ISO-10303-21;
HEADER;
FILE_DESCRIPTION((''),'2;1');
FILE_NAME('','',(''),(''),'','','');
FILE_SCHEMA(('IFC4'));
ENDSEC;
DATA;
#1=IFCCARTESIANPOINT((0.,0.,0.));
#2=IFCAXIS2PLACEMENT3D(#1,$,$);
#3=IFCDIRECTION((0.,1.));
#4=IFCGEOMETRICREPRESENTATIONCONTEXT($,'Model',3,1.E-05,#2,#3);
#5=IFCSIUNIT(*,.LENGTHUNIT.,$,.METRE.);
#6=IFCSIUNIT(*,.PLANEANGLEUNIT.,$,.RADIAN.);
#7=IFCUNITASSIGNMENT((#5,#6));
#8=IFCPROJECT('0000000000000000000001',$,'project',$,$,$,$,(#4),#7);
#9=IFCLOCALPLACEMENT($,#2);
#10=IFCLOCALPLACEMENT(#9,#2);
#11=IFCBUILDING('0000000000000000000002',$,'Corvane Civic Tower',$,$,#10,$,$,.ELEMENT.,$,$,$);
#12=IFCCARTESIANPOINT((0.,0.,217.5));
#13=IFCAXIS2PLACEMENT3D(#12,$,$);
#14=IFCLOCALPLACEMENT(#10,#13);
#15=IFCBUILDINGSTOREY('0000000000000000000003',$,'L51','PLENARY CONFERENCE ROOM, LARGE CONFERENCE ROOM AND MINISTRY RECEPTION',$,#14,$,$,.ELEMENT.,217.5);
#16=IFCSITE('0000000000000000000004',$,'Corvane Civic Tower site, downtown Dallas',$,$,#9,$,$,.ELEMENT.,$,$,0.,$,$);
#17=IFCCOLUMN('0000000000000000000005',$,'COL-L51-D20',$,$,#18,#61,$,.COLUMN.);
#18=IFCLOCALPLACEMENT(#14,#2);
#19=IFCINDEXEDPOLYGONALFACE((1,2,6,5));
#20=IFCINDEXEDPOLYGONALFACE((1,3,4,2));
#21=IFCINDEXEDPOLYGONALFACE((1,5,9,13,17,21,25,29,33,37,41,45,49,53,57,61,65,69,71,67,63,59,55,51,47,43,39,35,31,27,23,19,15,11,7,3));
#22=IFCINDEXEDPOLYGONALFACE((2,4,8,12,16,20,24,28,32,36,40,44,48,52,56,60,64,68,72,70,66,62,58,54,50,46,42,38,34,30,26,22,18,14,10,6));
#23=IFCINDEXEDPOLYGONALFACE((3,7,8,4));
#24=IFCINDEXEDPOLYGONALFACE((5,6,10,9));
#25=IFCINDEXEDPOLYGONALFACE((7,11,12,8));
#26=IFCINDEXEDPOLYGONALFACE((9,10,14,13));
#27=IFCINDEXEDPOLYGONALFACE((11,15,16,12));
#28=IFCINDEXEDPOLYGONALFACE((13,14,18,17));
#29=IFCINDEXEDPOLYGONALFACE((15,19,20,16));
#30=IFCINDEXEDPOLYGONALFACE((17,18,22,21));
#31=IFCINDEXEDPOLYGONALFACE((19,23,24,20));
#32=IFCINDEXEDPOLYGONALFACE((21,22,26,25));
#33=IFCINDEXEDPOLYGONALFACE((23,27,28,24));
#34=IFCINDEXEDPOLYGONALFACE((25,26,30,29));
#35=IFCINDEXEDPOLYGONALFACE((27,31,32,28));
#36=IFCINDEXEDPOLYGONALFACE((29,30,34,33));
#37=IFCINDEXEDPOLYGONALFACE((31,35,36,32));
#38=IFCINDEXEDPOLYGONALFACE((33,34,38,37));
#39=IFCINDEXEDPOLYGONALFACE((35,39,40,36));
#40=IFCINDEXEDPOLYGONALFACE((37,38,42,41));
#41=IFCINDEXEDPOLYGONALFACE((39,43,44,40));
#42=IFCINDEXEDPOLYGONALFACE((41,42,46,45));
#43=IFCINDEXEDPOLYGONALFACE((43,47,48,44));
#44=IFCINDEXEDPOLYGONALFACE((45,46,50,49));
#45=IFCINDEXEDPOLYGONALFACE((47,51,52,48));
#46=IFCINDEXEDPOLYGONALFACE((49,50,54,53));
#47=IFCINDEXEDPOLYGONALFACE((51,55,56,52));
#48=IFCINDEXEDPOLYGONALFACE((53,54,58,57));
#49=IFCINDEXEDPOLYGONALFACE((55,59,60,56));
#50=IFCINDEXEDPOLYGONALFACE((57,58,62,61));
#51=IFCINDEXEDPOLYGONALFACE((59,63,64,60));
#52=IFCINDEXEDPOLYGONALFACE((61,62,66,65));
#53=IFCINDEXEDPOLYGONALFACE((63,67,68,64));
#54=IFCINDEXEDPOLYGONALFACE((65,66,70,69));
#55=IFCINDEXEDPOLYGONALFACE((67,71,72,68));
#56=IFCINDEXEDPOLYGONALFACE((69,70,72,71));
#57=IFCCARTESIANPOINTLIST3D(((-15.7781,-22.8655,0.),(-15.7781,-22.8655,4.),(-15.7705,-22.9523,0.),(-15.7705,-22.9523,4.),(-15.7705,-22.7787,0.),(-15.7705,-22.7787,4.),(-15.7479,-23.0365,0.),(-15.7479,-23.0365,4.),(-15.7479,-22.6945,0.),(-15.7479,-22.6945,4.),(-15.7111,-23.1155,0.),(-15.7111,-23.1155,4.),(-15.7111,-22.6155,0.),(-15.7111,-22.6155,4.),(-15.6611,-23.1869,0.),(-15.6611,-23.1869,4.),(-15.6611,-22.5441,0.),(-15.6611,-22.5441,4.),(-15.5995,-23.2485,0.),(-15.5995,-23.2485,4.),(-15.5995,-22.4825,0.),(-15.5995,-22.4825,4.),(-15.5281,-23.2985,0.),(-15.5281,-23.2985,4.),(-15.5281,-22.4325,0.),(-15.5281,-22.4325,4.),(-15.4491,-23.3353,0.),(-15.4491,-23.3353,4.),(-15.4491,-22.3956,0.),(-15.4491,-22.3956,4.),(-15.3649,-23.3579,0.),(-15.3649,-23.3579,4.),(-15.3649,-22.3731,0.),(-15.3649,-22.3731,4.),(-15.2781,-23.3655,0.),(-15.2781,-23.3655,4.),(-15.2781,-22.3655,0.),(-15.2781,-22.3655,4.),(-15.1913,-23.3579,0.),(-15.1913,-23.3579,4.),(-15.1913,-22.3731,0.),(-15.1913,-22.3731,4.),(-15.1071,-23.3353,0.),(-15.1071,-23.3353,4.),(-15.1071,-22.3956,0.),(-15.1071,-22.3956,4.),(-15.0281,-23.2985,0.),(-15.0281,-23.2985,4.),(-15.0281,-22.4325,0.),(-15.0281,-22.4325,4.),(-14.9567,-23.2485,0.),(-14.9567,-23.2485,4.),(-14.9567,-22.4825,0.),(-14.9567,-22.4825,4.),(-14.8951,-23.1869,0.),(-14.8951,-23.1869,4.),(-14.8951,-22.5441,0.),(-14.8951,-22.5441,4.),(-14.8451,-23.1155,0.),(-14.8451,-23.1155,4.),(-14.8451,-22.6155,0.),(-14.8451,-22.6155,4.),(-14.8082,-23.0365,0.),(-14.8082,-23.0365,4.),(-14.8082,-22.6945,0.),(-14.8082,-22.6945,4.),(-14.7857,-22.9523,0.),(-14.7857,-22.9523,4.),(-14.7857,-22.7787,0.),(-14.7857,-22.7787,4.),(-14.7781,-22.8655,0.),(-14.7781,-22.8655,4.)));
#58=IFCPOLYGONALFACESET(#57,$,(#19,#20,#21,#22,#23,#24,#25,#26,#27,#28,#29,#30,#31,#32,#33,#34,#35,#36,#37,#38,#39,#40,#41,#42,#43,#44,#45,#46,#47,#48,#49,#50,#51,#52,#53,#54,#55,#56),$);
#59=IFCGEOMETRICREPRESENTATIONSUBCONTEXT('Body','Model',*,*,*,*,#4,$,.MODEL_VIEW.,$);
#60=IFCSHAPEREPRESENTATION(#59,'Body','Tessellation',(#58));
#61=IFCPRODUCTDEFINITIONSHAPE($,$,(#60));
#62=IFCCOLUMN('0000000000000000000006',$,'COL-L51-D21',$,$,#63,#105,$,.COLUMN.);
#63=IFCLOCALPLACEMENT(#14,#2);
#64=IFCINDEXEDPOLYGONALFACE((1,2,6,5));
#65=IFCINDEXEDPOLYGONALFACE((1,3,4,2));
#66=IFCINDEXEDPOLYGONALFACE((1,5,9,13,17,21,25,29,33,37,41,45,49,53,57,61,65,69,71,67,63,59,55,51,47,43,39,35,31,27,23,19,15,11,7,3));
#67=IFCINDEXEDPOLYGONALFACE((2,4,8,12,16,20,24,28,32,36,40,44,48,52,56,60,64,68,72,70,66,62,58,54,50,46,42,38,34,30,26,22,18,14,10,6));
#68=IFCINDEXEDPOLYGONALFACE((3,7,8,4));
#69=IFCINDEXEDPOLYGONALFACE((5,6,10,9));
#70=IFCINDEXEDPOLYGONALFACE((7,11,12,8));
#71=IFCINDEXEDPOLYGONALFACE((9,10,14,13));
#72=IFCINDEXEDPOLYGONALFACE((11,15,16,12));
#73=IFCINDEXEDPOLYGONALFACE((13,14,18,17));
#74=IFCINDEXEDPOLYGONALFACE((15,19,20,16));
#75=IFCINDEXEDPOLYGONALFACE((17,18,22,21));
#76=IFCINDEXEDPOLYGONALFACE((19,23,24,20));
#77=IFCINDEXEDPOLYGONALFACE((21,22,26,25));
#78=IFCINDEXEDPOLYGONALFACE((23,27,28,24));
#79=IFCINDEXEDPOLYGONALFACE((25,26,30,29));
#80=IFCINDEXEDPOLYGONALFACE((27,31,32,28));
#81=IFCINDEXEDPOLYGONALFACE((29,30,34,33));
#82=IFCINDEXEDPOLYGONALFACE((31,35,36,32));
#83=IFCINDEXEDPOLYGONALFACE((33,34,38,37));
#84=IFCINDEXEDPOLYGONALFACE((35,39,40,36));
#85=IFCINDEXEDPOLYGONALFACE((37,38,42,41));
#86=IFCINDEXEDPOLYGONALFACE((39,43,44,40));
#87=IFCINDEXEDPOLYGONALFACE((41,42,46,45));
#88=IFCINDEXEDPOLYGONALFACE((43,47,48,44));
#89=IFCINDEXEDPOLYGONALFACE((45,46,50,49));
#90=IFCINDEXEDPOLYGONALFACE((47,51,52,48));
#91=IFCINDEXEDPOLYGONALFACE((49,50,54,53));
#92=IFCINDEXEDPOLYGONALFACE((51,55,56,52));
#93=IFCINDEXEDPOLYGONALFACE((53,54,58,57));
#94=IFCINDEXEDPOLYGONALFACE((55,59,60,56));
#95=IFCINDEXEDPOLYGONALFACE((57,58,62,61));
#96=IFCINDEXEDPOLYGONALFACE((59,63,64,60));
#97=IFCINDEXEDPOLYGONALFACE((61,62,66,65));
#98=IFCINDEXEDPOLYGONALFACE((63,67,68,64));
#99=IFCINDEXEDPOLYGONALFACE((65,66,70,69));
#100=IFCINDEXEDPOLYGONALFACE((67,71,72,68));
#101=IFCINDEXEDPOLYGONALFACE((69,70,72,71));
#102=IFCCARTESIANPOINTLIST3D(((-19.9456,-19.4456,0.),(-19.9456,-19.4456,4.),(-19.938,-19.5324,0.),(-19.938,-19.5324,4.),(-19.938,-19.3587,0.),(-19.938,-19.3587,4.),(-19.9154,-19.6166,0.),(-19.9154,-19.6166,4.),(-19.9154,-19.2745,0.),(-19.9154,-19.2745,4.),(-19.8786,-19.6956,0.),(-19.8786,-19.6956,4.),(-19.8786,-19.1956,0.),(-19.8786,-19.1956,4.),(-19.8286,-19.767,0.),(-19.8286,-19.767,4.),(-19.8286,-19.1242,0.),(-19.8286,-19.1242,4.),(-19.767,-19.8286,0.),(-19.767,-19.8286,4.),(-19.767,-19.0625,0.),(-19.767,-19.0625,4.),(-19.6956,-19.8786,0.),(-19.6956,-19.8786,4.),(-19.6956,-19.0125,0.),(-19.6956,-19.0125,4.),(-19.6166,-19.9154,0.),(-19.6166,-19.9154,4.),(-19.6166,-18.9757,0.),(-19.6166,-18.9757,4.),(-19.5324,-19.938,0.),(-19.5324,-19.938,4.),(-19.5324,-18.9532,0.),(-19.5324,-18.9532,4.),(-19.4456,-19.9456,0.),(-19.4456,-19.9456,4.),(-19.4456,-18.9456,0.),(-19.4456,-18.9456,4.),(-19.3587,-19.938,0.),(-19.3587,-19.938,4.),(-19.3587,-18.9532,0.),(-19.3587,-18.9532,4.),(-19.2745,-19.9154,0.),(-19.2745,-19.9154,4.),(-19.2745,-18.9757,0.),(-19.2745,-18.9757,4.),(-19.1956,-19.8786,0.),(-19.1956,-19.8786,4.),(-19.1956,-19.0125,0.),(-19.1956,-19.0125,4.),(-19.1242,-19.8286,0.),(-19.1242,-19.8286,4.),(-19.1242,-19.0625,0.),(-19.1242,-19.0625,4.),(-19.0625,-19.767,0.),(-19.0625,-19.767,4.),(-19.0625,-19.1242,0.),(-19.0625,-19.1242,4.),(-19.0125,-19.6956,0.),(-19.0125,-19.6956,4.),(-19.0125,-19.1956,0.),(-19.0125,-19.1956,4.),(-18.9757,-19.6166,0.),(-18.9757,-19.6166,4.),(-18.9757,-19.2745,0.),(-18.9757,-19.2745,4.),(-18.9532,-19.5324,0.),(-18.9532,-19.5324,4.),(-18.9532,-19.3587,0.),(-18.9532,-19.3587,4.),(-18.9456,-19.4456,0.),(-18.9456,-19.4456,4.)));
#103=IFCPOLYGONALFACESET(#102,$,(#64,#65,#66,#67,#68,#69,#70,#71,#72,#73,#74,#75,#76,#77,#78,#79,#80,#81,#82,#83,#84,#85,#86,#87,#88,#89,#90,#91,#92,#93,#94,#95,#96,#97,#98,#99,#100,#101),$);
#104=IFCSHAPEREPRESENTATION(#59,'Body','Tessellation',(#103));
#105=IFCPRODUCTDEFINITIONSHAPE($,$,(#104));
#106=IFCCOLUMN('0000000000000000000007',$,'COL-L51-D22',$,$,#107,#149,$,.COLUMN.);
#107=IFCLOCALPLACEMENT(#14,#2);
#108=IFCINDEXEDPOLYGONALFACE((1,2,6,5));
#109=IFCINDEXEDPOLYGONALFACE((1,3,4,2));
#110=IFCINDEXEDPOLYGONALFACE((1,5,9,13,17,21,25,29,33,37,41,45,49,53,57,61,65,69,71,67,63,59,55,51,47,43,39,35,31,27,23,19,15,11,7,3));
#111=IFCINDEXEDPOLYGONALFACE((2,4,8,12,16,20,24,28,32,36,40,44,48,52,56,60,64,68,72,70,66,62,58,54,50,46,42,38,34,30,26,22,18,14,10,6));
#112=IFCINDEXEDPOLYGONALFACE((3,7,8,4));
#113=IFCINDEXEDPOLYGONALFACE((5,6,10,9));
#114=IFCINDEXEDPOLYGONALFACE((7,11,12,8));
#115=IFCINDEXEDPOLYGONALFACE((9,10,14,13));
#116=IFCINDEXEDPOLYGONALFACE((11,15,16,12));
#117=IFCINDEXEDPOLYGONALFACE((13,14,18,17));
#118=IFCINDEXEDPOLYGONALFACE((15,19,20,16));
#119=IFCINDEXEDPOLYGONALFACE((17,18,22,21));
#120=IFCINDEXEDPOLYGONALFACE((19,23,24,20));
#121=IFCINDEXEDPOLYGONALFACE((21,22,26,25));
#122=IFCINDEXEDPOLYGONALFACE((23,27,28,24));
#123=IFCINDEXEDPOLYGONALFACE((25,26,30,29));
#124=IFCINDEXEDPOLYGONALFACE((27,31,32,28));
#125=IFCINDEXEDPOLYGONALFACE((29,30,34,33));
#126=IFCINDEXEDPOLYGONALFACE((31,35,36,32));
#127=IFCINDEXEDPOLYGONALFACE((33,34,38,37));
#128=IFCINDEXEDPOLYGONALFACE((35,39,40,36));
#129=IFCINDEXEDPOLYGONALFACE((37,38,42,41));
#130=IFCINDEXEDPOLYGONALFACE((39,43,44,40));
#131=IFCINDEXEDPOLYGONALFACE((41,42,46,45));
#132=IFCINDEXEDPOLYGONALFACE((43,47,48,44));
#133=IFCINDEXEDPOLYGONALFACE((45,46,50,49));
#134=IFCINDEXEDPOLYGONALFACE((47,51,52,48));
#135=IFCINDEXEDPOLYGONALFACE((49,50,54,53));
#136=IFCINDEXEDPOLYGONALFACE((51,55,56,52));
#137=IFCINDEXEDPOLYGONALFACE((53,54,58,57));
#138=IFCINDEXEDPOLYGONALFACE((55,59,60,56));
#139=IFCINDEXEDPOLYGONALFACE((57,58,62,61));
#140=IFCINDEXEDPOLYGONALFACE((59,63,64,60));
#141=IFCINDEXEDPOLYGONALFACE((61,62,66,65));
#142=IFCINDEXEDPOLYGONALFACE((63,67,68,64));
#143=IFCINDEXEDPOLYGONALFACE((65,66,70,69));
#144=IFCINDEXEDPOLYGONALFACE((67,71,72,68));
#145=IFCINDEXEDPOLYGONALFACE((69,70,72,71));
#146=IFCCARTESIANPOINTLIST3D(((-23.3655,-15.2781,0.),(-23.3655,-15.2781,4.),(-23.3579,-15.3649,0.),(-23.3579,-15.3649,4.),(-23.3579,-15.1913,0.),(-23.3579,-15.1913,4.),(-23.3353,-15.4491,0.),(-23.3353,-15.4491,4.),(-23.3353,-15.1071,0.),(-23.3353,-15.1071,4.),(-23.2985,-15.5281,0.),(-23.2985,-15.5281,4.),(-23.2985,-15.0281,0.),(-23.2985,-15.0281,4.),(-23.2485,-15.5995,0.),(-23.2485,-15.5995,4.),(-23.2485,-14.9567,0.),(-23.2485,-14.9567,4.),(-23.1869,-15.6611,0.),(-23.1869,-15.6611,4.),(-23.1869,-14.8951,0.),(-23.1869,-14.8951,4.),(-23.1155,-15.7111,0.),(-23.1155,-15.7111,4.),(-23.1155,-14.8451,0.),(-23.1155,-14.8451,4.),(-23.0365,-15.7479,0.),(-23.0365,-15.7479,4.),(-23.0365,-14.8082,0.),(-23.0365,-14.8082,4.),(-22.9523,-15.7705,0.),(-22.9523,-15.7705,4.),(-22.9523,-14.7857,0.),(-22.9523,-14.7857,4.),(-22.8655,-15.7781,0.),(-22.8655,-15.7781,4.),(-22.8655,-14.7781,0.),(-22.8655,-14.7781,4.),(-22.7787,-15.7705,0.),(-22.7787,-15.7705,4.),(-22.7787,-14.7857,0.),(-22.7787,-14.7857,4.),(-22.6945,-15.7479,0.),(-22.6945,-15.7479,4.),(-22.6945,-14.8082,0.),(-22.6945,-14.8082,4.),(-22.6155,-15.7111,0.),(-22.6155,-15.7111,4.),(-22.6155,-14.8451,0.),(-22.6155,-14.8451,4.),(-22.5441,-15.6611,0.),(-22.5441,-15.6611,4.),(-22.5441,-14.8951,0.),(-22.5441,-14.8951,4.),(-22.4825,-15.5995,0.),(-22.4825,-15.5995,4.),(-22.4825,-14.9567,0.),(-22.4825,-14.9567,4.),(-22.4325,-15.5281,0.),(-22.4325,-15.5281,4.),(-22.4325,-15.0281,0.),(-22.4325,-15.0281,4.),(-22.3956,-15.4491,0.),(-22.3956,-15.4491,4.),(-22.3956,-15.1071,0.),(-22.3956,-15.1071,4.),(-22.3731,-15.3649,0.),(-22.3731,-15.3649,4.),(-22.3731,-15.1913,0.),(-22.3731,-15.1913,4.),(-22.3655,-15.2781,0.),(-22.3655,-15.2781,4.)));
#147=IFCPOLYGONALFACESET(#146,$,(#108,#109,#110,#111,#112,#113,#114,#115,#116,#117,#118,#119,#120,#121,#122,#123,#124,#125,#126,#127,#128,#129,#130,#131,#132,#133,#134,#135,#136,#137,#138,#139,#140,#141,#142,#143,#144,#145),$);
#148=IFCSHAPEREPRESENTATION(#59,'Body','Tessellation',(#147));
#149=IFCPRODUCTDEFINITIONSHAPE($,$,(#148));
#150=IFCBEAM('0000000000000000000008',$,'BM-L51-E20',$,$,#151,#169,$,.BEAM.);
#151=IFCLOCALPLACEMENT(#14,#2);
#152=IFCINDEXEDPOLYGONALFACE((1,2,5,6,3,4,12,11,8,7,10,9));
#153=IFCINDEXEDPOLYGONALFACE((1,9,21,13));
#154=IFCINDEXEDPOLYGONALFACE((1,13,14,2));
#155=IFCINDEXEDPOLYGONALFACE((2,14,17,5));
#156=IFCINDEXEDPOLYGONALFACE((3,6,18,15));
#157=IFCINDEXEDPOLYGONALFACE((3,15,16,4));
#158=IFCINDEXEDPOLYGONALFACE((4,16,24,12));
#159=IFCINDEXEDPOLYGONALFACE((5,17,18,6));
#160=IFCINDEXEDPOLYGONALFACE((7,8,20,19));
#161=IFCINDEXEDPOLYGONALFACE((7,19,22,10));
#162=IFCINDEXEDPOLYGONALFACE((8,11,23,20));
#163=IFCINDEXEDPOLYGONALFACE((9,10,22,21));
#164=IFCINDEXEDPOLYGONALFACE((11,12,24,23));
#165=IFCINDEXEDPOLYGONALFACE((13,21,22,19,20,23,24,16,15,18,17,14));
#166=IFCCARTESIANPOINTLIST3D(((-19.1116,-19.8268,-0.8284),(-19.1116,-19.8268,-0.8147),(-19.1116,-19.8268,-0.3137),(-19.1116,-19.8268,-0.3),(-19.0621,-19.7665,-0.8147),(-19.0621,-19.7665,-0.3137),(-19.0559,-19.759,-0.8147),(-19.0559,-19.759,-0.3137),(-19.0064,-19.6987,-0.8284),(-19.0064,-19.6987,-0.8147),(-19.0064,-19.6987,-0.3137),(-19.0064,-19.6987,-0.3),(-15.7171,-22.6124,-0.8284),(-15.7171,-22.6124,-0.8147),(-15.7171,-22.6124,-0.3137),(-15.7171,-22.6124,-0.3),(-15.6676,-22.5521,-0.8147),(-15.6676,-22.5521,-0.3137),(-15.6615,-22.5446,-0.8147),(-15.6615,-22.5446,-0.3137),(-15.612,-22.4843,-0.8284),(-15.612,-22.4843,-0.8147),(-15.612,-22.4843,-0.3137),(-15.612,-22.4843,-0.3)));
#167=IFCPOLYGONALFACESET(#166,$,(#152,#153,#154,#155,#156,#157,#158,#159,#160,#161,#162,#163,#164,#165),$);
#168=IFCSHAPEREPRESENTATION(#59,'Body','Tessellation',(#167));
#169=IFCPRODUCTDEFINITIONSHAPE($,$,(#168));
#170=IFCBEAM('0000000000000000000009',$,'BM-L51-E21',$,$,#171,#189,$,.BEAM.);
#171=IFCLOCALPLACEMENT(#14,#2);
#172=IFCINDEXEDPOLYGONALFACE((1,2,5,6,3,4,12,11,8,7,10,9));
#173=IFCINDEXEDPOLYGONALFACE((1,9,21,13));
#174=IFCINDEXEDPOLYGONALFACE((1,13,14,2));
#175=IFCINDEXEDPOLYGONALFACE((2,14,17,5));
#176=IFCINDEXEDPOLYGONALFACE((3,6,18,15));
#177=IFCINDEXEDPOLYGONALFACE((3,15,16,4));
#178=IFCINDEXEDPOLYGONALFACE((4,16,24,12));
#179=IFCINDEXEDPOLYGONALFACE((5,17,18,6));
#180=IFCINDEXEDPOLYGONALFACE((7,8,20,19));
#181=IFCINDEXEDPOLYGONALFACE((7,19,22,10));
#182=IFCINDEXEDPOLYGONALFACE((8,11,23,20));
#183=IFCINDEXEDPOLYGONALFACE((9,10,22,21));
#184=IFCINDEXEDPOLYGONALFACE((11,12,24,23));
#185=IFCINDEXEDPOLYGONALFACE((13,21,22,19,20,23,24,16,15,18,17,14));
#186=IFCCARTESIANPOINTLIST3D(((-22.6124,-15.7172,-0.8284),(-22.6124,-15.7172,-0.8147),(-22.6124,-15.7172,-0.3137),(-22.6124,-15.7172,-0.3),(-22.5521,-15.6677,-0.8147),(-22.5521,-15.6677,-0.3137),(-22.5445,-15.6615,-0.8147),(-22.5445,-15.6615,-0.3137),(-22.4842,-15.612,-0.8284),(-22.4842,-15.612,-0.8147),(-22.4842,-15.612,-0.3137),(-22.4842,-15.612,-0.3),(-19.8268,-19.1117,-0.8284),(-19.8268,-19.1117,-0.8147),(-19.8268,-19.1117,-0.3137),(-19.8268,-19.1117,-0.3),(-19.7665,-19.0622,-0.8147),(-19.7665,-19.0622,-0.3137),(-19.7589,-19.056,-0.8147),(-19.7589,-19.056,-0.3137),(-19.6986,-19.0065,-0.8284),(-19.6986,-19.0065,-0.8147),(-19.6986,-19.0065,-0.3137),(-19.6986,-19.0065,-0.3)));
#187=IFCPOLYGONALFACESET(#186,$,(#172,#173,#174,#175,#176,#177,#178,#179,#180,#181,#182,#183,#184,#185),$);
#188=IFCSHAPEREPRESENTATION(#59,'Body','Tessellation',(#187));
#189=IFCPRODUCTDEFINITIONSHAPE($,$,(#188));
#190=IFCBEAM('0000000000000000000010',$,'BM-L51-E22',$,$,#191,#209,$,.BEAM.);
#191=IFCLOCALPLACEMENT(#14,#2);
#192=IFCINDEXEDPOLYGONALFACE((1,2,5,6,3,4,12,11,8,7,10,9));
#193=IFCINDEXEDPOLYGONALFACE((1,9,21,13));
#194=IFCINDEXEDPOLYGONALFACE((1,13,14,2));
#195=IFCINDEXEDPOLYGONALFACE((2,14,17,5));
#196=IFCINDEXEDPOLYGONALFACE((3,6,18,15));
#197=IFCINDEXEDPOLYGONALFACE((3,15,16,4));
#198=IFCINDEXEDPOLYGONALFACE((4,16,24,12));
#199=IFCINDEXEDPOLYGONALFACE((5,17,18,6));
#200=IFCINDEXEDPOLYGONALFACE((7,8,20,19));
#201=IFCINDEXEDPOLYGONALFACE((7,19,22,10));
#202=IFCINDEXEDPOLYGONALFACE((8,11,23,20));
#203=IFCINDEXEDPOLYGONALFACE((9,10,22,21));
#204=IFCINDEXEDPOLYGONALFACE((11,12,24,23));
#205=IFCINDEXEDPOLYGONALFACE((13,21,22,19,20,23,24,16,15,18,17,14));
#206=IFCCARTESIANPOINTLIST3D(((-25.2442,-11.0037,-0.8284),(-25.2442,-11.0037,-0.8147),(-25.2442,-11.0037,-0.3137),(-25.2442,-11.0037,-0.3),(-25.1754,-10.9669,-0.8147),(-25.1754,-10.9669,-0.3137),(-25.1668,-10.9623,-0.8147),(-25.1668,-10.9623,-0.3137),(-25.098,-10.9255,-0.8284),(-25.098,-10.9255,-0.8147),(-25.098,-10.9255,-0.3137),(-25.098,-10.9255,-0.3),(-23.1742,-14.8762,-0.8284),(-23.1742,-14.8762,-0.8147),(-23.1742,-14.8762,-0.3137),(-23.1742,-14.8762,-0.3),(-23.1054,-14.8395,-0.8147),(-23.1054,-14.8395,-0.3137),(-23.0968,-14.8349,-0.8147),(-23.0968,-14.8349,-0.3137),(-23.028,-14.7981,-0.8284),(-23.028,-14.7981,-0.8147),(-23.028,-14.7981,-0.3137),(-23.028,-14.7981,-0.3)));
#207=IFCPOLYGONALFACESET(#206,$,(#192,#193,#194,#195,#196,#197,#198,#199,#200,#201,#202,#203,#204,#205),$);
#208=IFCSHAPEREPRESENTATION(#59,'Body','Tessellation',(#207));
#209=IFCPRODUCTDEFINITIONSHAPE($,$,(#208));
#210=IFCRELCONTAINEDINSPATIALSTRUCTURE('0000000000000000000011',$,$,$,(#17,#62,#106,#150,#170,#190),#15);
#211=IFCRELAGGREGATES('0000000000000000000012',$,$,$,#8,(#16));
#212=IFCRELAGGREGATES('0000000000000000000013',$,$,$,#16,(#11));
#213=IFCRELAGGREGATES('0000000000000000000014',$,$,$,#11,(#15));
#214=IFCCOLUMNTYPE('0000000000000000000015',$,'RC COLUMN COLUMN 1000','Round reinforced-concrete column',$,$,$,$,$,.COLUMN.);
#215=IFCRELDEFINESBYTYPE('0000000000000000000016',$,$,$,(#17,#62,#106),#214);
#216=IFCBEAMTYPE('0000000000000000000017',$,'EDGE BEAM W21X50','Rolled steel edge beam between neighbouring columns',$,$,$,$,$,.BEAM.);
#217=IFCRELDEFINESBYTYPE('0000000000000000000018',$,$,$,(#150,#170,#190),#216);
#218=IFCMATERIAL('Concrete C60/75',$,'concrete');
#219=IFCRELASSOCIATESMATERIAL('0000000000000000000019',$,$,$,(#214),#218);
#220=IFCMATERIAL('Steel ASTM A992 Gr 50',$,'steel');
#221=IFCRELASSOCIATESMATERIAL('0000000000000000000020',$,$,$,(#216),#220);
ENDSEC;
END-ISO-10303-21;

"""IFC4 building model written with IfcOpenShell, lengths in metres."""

from ifc_helpers import new_model, si_unit, direction, frame, origin, origin_2d, place, context, subcontext, project, spatial, circle, i_section, extrude, material, material_profile, profile_set, type_object, element, save


model = new_model("IFC4")

# Units and contexts
model_context = context("Model", 3, precision=1e-05, world=origin(), true_north=direction((0.0, 1.0)))
body_context = subcontext(model_context, "Body", "Model", "MODEL_VIEW")
ifc_project = project(units=[si_unit("LENGTHUNIT", "METRE"), si_unit("PLANEANGLEUNIT", "RADIAN")], contexts=[model_context])

# Site, building, storey
site_placement = place(None, origin())
site = spatial("IfcSite", under=ifc_project, at=site_placement, Name="Corvane Civic Tower site, downtown Dallas", CompositionType="ELEMENT", RefElevation=0.0)
building_placement = place(site_placement, origin())
building = spatial("IfcBuilding", under=site, at=building_placement, Name="Corvane Civic Tower", CompositionType="ELEMENT")
storey_placement = place(building_placement, frame((0.0, 0.0, 217.5)))
storey = spatial("IfcBuildingStorey", under=building, at=storey_placement, Name="L51", Description="PLENARY CONFERENCE ROOM, LARGE CONFERENCE ROOM AND MINISTRY RECEPTION", CompositionType="ELEMENT", Elevation=217.5)

# Columns
ifc_material_1 = material(Name="Concrete C60/75", Category="concrete")
ifc_material_profile_1 = material_profile(ifc_material_1, circle(Radius=0.5, at=origin_2d()), Name="COLUMN 1000")
ifc_profile_set_1 = profile_set([ifc_material_profile_1], Name="Concrete C60/75")
column_type = type_object("IfcColumnType", Name="RC COLUMN COLUMN 1000", Description="Round reinforced-concrete column", PredefinedType="COLUMN", material=ifc_profile_set_1)
for number, where, z_axis, x_axis, name in (
    (1, (-15.2781, -22.8655, 0.0), (0.0, 0.0, 1.0), (1.0, 0.0, 0.0), "COL-L51-D20"),
    (2, (-19.4456, -19.4456, 0.0), (0.0, 0.0, 1.0), (1.0, 0.0, 0.0), "COL-L51-D21"),
    (3, (-22.8655, -15.2781, 0.0), (0.0, 0.0, 1.0), (1.0, 0.0, 0.0), "COL-L51-D22"),
):
    element("IfcColumn", number, at=place(storey_placement, frame(where, z_axis=z_axis, x_axis=x_axis)), inside=storey, type_object=column_type, Name=name, PredefinedType="COLUMN", context=body_context, shape_type="SweptSolid", body=[
        extrude(circle(Radius=0.5, at=origin_2d()), origin(), (0.0, 0.0, 1.0), 4.0),
    ])

# Beams
ifc_material_2 = material(Name="Steel ASTM A992 Gr 50", Category="steel")
ifc_material_profile_2 = material_profile(ifc_material_2, i_section(OverallWidth=0.1658, OverallDepth=0.5283, WebThickness=0.0098, FlangeThickness=0.0137, at=origin_2d()), Name="W21X50")
ifc_profile_set_2 = profile_set([ifc_material_profile_2], Name="Steel ASTM A992 Gr 50")
beam_type_1 = type_object("IfcBeamType", Name="EDGE BEAM W21X50", Description="Rolled steel edge beam between neighbouring columns", PredefinedType="BEAM", material=ifc_profile_set_2)
for number, where, z_axis, x_axis, name in (
    (4, (-15.6646, -22.5483, -0.5642), (-0.77303, 0.634369, 0.0), (-0.634369, -0.77303, 0.0), "BM-L51-E20"),
    (5, (-19.7627, -19.0591, -0.5642), (-0.634369, 0.77303, 0.0), (-0.77303, -0.634369, 0.0), "BM-L51-E21"),
    (6, (-23.1011, -14.8372, -0.5642), (-0.471422, 0.881908, 0.0), (-0.881908, -0.471422, 0.0), "BM-L51-E22"),
):
    element("IfcBeam", number, at=place(storey_placement, frame(where, z_axis=z_axis, x_axis=x_axis)), inside=storey, type_object=beam_type_1, Name=name, PredefinedType="BEAM", context=body_context, shape_type="SweptSolid", body=[
        extrude(i_section(OverallWidth=0.1658, OverallDepth=0.5283, WebThickness=0.0098, FlangeThickness=0.0137, at=origin_2d()), origin(), (0.0, 0.0, 1.0), 4.3911),
    ])

save(model, "model.ifc")
